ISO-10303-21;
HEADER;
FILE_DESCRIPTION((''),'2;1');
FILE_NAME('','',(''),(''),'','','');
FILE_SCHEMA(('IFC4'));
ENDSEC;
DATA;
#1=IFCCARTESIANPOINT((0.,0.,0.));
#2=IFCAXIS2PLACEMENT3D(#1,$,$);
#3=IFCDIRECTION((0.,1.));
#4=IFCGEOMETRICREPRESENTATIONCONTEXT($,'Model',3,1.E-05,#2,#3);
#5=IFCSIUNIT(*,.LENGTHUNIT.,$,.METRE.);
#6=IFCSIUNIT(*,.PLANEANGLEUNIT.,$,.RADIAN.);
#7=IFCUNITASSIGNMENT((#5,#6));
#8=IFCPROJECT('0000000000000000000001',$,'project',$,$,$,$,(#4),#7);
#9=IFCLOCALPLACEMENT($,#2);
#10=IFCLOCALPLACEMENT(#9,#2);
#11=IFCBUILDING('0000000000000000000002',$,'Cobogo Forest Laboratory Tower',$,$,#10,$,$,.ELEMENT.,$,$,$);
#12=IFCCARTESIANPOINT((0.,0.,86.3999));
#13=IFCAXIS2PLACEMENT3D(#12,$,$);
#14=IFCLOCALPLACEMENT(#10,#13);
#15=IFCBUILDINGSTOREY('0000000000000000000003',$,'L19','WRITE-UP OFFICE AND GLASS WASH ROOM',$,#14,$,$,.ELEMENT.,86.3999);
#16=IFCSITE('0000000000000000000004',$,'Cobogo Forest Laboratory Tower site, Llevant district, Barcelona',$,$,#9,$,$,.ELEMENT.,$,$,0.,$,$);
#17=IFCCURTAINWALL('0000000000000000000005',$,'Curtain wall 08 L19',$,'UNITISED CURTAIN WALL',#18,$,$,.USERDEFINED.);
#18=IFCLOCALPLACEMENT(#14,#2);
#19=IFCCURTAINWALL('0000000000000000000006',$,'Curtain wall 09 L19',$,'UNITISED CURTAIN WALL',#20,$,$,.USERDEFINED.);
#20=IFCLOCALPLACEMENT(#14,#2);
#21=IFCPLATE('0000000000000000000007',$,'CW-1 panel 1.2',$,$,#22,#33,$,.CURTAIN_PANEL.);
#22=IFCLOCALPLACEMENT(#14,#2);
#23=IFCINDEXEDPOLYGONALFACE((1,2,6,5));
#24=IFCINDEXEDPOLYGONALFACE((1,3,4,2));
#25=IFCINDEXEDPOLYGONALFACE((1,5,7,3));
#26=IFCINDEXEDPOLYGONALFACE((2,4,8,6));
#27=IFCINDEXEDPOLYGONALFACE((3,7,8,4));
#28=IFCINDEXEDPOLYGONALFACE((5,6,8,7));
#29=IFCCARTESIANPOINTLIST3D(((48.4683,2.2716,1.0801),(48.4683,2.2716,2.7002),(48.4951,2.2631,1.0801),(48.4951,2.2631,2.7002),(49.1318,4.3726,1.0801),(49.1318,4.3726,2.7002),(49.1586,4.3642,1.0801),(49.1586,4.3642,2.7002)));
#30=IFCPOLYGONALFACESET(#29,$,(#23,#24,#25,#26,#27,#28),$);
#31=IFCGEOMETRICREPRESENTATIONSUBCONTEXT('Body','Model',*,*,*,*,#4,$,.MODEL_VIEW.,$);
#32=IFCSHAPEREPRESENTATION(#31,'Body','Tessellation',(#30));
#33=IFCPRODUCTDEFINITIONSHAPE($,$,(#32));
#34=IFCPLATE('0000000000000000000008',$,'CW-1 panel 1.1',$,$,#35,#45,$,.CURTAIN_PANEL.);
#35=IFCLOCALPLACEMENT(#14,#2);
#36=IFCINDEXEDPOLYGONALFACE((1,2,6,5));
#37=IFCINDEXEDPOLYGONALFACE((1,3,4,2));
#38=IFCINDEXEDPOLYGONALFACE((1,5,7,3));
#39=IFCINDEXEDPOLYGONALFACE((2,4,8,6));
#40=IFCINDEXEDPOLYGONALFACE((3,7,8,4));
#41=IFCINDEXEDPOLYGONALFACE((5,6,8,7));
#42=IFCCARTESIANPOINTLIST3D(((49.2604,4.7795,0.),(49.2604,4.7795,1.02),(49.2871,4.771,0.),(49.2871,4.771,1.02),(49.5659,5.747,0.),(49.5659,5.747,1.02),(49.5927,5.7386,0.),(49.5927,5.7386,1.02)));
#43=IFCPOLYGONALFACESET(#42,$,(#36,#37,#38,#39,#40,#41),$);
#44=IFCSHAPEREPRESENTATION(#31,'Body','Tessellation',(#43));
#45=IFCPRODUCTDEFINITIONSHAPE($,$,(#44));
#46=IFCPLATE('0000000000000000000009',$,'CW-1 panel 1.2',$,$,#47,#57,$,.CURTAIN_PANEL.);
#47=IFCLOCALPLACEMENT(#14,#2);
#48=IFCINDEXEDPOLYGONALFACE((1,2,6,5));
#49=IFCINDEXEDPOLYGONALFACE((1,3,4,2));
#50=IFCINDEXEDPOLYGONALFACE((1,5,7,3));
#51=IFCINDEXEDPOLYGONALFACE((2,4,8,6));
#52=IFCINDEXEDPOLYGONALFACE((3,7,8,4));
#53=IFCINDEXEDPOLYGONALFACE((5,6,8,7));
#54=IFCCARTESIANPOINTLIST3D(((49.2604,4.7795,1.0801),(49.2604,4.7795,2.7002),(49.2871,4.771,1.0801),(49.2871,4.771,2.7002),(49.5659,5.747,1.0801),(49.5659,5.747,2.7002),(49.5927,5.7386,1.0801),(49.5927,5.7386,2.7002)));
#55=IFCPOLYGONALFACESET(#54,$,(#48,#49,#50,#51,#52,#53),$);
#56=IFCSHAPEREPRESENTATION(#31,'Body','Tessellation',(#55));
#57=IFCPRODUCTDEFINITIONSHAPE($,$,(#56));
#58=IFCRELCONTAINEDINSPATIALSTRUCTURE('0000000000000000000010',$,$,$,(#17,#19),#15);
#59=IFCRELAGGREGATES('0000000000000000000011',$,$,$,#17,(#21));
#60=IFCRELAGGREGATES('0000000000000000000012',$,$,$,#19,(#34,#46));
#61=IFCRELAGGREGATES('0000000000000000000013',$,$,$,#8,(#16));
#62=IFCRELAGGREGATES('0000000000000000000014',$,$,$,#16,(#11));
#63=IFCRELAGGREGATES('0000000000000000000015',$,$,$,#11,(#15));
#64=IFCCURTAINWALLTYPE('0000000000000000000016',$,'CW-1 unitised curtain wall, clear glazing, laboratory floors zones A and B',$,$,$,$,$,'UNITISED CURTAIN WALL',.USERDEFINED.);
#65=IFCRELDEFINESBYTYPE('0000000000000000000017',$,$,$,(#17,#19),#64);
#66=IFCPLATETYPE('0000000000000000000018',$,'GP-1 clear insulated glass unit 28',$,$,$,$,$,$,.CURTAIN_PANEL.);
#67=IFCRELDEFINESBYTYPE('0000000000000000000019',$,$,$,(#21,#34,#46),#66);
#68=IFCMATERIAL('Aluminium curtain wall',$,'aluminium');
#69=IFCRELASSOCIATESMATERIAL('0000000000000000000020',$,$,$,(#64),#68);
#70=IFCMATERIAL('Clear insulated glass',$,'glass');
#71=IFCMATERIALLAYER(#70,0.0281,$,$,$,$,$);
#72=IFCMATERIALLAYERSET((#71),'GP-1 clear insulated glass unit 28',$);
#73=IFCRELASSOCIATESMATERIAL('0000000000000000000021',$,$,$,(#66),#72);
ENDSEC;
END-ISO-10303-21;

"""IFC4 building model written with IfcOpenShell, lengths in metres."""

from ifc_helpers import new_model, si_unit, direction, frame, origin, origin_2d, place, context, subcontext, project, spatial, rectangle, extrude, material, layer, layer_set, type_object, element, aggregate, save


model = new_model("IFC4")

# Units and contexts
model_context = context("Model", 3, precision=1e-05, world=origin(), true_north=direction((0.0, 1.0)))
body_context = subcontext(model_context, "Body", "Model", "MODEL_VIEW")
ifc_project = project(units=[si_unit("LENGTHUNIT", "METRE"), si_unit("PLANEANGLEUNIT", "RADIAN")], contexts=[model_context])

# Site, building, storey
site_placement = place(None, origin())
site = spatial("IfcSite", under=ifc_project, at=site_placement, Name="Cobogo Forest Laboratory Tower site, Llevant district, Barcelona", CompositionType="ELEMENT", RefElevation=0.0)
building_placement = place(site_placement, origin())
building = spatial("IfcBuilding", under=site, at=building_placement, Name="Cobogo Forest Laboratory Tower", CompositionType="ELEMENT")
storey_placement = place(building_placement, frame((0.0, 0.0, 86.3999)))
storey = spatial("IfcBuildingStorey", under=building, at=storey_placement, Name="L19", Description="WRITE-UP OFFICE AND GLASS WASH ROOM", CompositionType="ELEMENT", Elevation=86.3999)

# Curtain walls
ifc_material_1 = material(Name="Aluminium curtain wall", Category="aluminium")
curtain_wall_type = type_object("IfcCurtainWallType", Name="CW-1 unitised curtain wall, clear glazing, laboratory floors zones A and B", ElementType="UNITISED CURTAIN WALL", PredefinedType="USERDEFINED", material=ifc_material_1)
curtain_wall_1_placement = place(storey_placement, origin())
curtain_wall_1 = element("IfcCurtainWall", 1, at=curtain_wall_1_placement, inside=storey, type_object=curtain_wall_type, Name="Curtain wall 08 L19", ObjectType="UNITISED CURTAIN WALL", PredefinedType="USERDEFINED")
curtain_wall_2_placement = place(storey_placement, origin())
curtain_wall_2 = element("IfcCurtainWall", 2, at=curtain_wall_2_placement, inside=storey, type_object=curtain_wall_type, Name="Curtain wall 09 L19", ObjectType="UNITISED CURTAIN WALL", PredefinedType="USERDEFINED")

# Plates
ifc_material_2 = material(Name="Clear insulated glass", Category="glass")
ifc_layer = layer(ifc_material_2, 0.0281)
ifc_layer_set = layer_set([ifc_layer], Name="GP-1 clear insulated glass unit 28")
plate_type = type_object("IfcPlateType", Name="GP-1 clear insulated glass unit 28", PredefinedType="CURTAIN_PANEL", material=ifc_layer_set)
plate_1_placement = place(storey_placement, frame((48.8135, 3.3179, 1.0801), z_axis=(0.0, 0.0, 1.0), x_axis=(0.301135, 0.953581, 0.0)))
plate_1 = element("IfcPlate", 3, at=plate_1_placement, type_object=plate_type, Name="CW-1 panel 1.2", PredefinedType="CURTAIN_PANEL", context=body_context, shape_type="SweptSolid", body=[
    extrude(rectangle(XDim=2.2034, YDim=0.0281, at=origin_2d()), origin(), (0.0, 0.0, 1.0), 1.6201),
])
aggregate(curtain_wall_1, [plate_1])
plate_2_placement = place(storey_placement, frame((49.4265, 5.259, 0.0), z_axis=(0.0, 0.0, 1.0), x_axis=(0.301136, 0.953581, 0.0)))
plate_2 = element("IfcPlate", 4, at=plate_2_placement, type_object=plate_type, Name="CW-1 panel 1.1", PredefinedType="CURTAIN_PANEL", context=body_context, shape_type="SweptSolid", body=[
    extrude(rectangle(XDim=1.0146, YDim=0.0281, at=origin_2d()), origin(), (0.0, 0.0, 1.0), 1.02),
])
plate_3_placement = place(storey_placement, frame((49.4265, 5.259, 1.0801), z_axis=(0.0, 0.0, 1.0), x_axis=(0.301136, 0.953581, 0.0)))
plate_3 = element("IfcPlate", 5, at=plate_3_placement, type_object=plate_type, Name="CW-1 panel 1.2", PredefinedType="CURTAIN_PANEL", context=body_context, shape_type="SweptSolid", body=[
    extrude(rectangle(XDim=1.0146, YDim=0.0281, at=origin_2d()), origin(), (0.0, 0.0, 1.0), 1.6201),
])
aggregate(curtain_wall_2, [plate_2, plate_3])

save(model, "model.ifc")
